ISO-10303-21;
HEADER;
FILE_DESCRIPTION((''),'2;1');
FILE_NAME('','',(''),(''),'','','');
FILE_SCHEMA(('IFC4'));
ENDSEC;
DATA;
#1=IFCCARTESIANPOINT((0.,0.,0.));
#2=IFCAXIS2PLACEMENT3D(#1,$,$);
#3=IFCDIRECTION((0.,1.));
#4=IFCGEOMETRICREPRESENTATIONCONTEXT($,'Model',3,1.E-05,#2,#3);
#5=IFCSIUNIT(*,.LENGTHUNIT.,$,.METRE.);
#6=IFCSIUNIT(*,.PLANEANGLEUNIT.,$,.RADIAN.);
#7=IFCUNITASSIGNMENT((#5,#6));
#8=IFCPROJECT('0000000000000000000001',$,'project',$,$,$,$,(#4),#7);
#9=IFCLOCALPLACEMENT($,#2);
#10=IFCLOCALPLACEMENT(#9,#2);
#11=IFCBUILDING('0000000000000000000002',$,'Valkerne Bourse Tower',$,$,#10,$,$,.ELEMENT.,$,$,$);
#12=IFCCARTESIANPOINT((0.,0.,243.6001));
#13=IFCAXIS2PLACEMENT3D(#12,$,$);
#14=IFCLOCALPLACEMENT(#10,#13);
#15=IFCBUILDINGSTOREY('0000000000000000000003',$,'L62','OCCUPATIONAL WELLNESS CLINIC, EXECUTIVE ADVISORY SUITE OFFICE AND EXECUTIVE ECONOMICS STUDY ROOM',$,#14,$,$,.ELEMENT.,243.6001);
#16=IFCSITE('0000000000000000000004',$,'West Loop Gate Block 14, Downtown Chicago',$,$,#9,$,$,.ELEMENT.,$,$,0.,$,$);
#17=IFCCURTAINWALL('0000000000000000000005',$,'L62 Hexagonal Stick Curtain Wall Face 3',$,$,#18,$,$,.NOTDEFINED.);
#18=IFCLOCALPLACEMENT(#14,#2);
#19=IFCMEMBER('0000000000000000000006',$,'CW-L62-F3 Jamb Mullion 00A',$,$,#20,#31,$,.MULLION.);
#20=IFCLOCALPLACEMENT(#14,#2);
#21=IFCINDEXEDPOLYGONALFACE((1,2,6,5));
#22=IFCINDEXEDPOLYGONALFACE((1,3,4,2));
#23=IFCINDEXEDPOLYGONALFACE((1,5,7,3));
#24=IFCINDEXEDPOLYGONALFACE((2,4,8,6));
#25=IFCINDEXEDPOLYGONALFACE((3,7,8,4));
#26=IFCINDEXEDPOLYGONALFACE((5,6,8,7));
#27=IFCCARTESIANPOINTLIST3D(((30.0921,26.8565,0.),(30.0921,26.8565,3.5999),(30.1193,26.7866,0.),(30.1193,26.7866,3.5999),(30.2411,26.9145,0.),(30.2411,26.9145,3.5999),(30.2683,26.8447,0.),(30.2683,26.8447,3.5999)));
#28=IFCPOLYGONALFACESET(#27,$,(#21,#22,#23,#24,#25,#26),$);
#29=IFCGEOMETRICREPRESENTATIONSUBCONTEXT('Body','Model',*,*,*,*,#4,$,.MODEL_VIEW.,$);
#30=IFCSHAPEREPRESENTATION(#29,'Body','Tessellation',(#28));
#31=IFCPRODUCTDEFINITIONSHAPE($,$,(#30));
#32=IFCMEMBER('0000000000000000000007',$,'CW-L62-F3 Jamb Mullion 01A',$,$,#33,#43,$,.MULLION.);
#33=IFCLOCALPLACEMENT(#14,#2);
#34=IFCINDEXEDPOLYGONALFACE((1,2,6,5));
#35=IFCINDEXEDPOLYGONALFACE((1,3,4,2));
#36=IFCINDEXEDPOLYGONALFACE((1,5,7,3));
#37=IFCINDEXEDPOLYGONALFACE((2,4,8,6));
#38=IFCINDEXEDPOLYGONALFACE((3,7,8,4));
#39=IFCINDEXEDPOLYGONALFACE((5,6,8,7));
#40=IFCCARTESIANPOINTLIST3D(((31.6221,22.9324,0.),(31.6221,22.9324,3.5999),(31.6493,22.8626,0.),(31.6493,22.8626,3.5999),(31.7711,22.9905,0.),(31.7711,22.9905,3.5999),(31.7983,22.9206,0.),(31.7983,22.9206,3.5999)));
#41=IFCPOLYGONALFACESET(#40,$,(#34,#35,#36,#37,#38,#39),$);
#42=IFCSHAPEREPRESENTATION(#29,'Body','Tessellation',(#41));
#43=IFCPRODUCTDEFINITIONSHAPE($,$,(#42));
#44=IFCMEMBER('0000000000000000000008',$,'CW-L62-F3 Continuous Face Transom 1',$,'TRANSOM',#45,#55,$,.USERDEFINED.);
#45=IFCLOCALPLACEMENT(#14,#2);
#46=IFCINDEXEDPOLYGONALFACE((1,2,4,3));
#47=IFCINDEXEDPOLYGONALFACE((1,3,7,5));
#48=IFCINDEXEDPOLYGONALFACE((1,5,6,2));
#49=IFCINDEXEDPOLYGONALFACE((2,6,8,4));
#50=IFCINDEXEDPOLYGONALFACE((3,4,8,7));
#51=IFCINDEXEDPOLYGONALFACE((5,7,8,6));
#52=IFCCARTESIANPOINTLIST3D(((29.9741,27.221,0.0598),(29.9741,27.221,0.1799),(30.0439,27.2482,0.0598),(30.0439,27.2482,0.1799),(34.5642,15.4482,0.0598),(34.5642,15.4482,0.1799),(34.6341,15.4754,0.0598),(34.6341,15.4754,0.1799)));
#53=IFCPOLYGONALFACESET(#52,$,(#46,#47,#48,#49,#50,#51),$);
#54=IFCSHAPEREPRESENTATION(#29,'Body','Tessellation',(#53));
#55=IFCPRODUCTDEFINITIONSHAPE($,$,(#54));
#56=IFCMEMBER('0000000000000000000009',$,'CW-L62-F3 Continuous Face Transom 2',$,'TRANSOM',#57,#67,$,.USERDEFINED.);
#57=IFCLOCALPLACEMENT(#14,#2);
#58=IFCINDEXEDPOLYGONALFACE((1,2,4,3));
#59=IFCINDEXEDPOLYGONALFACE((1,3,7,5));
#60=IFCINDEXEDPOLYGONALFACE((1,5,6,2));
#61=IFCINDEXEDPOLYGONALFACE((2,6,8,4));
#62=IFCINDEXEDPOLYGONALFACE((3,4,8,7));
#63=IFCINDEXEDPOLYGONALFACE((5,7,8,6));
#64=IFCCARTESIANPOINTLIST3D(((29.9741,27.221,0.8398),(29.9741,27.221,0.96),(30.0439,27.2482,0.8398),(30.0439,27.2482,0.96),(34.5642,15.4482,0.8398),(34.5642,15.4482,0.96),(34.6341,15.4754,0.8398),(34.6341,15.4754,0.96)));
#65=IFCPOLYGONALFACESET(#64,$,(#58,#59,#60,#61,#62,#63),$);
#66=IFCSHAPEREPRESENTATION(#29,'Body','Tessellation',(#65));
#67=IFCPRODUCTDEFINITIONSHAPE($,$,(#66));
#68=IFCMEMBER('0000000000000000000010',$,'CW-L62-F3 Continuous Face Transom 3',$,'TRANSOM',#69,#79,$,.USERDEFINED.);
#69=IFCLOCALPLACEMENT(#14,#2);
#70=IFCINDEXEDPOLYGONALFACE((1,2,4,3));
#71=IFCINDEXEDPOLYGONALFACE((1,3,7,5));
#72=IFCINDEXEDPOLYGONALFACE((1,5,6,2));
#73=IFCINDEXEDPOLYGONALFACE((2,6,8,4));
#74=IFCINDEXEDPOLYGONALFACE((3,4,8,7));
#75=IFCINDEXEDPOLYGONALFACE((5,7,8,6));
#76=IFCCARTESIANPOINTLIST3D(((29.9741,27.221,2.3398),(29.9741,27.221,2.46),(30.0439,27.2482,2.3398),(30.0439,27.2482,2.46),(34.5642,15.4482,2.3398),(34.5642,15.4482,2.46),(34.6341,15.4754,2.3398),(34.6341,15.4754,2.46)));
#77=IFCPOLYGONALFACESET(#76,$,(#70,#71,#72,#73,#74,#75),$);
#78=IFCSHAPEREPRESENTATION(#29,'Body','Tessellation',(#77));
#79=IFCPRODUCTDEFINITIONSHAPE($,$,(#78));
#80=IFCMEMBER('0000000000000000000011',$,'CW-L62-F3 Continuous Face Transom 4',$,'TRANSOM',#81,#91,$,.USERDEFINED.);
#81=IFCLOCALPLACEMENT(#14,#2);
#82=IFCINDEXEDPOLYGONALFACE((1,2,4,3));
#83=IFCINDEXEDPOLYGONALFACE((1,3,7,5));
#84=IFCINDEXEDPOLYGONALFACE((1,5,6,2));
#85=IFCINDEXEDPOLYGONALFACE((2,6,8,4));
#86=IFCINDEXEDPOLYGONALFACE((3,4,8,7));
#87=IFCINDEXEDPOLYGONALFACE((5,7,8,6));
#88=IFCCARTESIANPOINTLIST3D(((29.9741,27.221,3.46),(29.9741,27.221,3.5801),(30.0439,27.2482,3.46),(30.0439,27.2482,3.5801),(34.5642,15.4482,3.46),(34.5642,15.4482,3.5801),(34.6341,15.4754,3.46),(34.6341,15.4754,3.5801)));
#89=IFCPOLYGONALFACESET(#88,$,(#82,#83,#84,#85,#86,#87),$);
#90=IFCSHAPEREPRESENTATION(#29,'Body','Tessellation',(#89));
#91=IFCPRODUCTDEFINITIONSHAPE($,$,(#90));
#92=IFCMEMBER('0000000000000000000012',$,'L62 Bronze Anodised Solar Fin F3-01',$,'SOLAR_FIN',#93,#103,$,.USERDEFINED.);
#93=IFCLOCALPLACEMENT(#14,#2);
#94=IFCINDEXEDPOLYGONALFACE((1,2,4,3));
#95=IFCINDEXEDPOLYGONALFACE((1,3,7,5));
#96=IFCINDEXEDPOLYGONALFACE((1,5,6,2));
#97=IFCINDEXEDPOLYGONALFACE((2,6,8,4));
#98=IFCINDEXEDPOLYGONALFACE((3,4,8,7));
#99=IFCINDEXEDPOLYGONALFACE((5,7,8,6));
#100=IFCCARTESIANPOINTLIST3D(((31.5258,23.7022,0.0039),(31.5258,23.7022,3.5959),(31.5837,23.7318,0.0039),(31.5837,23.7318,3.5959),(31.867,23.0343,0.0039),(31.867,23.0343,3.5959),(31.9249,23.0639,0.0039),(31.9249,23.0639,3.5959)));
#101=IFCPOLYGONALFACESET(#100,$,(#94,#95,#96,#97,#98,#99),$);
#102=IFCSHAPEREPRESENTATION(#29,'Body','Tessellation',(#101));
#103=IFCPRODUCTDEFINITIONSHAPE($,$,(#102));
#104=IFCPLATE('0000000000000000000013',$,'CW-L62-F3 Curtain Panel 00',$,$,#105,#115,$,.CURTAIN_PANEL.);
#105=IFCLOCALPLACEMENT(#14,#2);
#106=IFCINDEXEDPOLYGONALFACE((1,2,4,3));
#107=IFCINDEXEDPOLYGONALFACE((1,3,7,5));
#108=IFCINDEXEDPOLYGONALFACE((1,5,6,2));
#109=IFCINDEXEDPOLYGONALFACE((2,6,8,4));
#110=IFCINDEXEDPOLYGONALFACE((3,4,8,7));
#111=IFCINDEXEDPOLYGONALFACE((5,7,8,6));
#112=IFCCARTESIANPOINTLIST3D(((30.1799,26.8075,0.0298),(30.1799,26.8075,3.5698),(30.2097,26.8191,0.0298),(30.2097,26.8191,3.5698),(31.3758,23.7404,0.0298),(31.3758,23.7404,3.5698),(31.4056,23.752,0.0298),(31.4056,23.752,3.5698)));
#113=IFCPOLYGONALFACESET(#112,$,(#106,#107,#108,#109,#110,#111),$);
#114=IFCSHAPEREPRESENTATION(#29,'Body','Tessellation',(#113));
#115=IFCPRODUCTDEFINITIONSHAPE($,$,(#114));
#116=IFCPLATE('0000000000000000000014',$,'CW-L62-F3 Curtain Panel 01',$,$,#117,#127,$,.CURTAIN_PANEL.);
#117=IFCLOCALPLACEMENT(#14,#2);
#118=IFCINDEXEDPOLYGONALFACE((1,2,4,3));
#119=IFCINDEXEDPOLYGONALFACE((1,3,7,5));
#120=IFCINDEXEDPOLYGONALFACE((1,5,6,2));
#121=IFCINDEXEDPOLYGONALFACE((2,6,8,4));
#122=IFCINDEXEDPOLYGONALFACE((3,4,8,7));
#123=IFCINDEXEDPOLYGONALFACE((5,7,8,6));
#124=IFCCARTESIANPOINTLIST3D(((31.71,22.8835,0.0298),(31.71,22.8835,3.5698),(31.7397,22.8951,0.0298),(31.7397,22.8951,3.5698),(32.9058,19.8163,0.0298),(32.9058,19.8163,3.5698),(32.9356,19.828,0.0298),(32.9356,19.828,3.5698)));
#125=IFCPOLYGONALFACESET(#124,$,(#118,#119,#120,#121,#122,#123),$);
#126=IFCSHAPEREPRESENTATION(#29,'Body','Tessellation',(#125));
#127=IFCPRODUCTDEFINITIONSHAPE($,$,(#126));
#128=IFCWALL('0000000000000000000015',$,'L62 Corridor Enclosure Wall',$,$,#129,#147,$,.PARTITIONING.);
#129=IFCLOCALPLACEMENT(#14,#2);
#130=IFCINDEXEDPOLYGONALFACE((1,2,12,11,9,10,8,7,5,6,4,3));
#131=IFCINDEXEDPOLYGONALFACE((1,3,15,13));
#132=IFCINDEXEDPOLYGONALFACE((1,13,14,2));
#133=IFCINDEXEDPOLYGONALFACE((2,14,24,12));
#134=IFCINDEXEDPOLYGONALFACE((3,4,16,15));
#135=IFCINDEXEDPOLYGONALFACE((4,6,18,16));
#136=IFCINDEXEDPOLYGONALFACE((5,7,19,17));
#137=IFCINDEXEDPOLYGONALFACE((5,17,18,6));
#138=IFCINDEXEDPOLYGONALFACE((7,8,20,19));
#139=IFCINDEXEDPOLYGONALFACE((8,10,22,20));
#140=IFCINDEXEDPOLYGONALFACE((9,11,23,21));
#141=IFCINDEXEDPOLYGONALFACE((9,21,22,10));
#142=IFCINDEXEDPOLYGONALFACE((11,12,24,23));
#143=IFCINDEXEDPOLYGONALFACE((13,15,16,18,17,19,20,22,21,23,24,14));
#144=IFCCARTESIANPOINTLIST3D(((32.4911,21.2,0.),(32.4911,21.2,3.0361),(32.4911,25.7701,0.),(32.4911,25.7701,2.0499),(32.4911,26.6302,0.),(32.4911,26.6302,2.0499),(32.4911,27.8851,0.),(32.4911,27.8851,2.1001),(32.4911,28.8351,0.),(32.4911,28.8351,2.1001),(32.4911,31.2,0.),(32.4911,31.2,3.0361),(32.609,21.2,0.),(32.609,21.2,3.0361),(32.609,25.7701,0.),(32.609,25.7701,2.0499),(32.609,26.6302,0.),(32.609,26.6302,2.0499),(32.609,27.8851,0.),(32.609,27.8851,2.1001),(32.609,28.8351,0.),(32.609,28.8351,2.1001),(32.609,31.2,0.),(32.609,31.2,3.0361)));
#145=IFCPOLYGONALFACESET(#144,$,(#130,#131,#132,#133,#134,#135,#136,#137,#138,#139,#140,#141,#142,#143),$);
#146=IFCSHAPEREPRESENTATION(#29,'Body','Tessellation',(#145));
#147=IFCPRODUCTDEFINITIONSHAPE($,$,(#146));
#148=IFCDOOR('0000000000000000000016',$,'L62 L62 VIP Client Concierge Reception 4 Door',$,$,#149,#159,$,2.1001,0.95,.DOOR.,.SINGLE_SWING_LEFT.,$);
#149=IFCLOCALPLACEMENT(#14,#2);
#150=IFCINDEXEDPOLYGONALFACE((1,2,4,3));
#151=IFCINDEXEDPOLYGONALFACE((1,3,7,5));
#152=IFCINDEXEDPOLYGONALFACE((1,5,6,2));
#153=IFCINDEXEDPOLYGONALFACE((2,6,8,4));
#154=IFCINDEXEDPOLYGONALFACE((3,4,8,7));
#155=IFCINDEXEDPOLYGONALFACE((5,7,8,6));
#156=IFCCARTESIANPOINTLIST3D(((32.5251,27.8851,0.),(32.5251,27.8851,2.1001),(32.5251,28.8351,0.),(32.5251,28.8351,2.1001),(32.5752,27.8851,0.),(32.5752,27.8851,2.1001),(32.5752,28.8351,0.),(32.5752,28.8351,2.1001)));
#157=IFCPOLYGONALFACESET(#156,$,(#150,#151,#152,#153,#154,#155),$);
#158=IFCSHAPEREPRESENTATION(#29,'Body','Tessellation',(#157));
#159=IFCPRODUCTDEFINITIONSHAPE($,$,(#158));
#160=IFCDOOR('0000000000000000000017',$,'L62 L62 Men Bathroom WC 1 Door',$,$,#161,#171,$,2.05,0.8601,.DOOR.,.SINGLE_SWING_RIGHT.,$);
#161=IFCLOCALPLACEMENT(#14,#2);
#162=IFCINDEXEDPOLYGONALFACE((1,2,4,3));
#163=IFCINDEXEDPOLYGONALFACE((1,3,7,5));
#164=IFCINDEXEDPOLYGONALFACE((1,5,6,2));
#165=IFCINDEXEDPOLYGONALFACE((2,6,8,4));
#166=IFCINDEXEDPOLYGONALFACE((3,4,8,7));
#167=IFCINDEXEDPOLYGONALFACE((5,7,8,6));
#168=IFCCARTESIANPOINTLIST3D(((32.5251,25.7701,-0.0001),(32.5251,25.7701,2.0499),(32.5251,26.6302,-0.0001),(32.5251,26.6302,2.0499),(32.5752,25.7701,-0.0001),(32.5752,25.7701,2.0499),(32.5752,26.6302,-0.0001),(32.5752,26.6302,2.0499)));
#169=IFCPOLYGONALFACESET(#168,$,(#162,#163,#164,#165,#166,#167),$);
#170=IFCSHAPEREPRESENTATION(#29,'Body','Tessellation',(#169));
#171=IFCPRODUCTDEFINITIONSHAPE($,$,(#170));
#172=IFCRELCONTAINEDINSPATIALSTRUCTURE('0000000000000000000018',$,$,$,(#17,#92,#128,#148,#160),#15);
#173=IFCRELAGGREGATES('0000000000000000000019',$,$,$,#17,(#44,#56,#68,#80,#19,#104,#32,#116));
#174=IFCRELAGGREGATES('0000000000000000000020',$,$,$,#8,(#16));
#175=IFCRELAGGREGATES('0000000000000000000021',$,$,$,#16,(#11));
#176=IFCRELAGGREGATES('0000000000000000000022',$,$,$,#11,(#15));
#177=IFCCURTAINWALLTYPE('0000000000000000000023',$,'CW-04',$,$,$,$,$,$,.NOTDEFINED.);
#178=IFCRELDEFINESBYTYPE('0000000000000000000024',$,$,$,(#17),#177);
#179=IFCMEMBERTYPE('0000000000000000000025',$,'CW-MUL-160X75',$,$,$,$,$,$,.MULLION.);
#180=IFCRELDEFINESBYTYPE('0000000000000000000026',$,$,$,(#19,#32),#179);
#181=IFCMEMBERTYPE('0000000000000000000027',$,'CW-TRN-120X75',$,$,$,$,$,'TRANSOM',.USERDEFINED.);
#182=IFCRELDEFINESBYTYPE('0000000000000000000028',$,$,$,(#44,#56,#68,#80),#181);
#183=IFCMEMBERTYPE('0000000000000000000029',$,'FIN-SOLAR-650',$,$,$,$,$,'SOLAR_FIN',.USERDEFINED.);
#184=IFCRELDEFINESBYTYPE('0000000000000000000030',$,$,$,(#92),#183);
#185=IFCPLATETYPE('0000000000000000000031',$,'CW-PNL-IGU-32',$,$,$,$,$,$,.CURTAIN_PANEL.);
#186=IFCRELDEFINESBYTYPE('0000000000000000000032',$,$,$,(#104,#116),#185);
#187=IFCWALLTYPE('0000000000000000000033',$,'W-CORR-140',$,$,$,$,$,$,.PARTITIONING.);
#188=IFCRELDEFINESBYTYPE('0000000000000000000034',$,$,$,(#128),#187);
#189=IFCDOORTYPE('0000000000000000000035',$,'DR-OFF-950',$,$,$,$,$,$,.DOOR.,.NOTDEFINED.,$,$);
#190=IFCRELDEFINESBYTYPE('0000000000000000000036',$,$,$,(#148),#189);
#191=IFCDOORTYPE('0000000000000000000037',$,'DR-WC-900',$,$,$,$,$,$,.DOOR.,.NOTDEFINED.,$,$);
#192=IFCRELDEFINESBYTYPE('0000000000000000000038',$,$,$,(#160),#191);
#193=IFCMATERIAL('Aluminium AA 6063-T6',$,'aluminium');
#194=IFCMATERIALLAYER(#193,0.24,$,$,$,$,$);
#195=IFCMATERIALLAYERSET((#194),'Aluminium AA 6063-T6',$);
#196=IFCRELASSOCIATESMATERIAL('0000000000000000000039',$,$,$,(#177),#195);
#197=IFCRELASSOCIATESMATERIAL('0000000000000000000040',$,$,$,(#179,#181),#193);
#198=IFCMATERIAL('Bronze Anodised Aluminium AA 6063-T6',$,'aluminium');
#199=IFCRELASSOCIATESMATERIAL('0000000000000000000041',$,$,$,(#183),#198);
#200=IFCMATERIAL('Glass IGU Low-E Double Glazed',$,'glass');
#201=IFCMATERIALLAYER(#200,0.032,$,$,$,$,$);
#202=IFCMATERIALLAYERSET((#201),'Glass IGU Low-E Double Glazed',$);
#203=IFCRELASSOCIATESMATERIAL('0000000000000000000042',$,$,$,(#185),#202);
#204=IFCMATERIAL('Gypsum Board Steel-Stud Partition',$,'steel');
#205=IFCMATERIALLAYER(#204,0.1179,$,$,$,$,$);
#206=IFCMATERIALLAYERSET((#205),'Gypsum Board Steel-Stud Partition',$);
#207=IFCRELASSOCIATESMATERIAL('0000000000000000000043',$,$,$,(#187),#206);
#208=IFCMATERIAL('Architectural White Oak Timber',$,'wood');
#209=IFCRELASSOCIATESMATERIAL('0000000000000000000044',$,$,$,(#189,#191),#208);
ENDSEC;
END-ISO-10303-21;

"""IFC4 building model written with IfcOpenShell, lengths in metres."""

from ifc_helpers import new_model, si_unit, direction, frame, frame_2d, origin, origin_2d, place, context, subcontext, project, spatial, rectangle, extrude, material, layer, layer_set, material_profile, profile_set, type_object, element, fill, aggregate, save


model = new_model("IFC4")

# Units and contexts
model_context = context("Model", 3, precision=1e-05, world=origin(), true_north=direction((0.0, 1.0)))
body_context = subcontext(model_context, "Body", "Model", "MODEL_VIEW")
ifc_project = project(units=[si_unit("LENGTHUNIT", "METRE"), si_unit("PLANEANGLEUNIT", "RADIAN")], contexts=[model_context])

# Site, building, storey
site_placement = place(None, origin())
site = spatial("IfcSite", under=ifc_project, at=site_placement, Name="West Loop Gate Block 14, Downtown Chicago", CompositionType="ELEMENT", RefElevation=0.0)
building_placement = place(site_placement, origin())
building = spatial("IfcBuilding", under=site, at=building_placement, Name="Valkerne Bourse Tower", CompositionType="ELEMENT")
storey_placement = place(building_placement, frame((0.0, 0.0, 243.6001)))
storey = spatial("IfcBuildingStorey", under=building, at=storey_placement, Name="L62", Description="OCCUPATIONAL WELLNESS CLINIC, EXECUTIVE ADVISORY SUITE OFFICE AND EXECUTIVE ECONOMICS STUDY ROOM", CompositionType="ELEMENT", Elevation=243.6001)

# Curtain wall, members
ifc_material_1 = material(Name="Aluminium AA 6063-T6", Category="aluminium")
ifc_layer_1 = layer(ifc_material_1, 0.24)
ifc_layer_set_1 = layer_set([ifc_layer_1], Name="Aluminium AA 6063-T6")
curtain_wall_type = type_object("IfcCurtainWallType", Name="CW-04", PredefinedType="NOTDEFINED", material=ifc_layer_set_1)
curtain_wall_placement = place(storey_placement, origin())
curtain_wall = element("IfcCurtainWall", 1, at=curtain_wall_placement, inside=storey, type_object=curtain_wall_type, Name="L62 Hexagonal Stick Curtain Wall Face 3", PredefinedType="NOTDEFINED")
ifc_material_profile_1 = material_profile(ifc_material_1, rectangle(XDim=0.075, YDim=0.1599, at=origin_2d()), Name="CWM-75X160")
ifc_profile_set_1 = profile_set([ifc_material_profile_1], Name="Aluminium AA 6063-T6")
member_type_1 = type_object("IfcMemberType", Name="CW-MUL-160X75", PredefinedType="MULLION", material=ifc_profile_set_1)
member_1_placement = place(storey_placement, frame((30.1802, 26.8506, 0.0), z_axis=(0.0, 0.0, 1.0), x_axis=(0.363268, -0.931685, 0.0)))
member_1 = element("IfcMember", 2, at=member_1_placement, type_object=member_type_1, Name="CW-L62-F3 Jamb Mullion 00A", PredefinedType="MULLION", context=body_context, shape_type="SweptSolid", body=[
    extrude(rectangle(XDim=0.075, YDim=0.1599, at=origin_2d()), origin(), (0.0, 0.0, 1.0), 3.5999),
])
member_2_placement = place(storey_placement, frame((31.7102, 22.9265, 0.0), z_axis=(0.0, 0.0, 1.0), x_axis=(0.363247, -0.931693, 0.0)))
member_2 = element("IfcMember", 3, at=member_2_placement, type_object=member_type_1, Name="CW-L62-F3 Jamb Mullion 01A", PredefinedType="MULLION", context=body_context, shape_type="SweptSolid", body=[
    extrude(rectangle(XDim=0.075, YDim=0.1599, at=origin_2d()), origin(), (0.0, 0.0, 1.0), 3.5999),
])
ifc_material_profile_2 = material_profile(ifc_material_1, rectangle(XDim=0.075, YDim=0.1201, at=origin_2d()), Name="CWT-75X120")
ifc_profile_set_2 = profile_set([ifc_material_profile_2], Name="Aluminium AA 6063-T6")
member_type_2 = type_object("IfcMemberType", Name="CW-TRN-120X75", ElementType="TRANSOM", PredefinedType="USERDEFINED", material=ifc_profile_set_2)
member_3_placement = place(storey_placement, frame((30.009, 27.2346, 0.1199), z_axis=(0.363258, -0.931688, 0.0), x_axis=(0.931688, 0.363258, 0.0)))
member_3 = element("IfcMember", 4, at=member_3_placement, type_object=member_type_2, Name="CW-L62-F3 Continuous Face Transom 1", ObjectType="TRANSOM", PredefinedType="USERDEFINED", context=body_context, shape_type="SweptSolid", body=[
    extrude(rectangle(XDim=0.075, YDim=0.1201, at=origin_2d()), origin(), (0.0, 0.0, 1.0), 12.636),
])
member_4_placement = place(storey_placement, frame((30.009, 27.2346, 0.8999), z_axis=(0.363258, -0.931688, 0.0), x_axis=(0.931688, 0.363258, 0.0)))
member_4 = element("IfcMember", 5, at=member_4_placement, type_object=member_type_2, Name="CW-L62-F3 Continuous Face Transom 2", ObjectType="TRANSOM", PredefinedType="USERDEFINED", context=body_context, shape_type="SweptSolid", body=[
    extrude(rectangle(XDim=0.075, YDim=0.1201, at=origin_2d()), origin(), (0.0, 0.0, 1.0), 12.636),
])
member_5_placement = place(storey_placement, frame((30.009, 27.2346, 2.3999), z_axis=(0.363258, -0.931688, 0.0), x_axis=(0.931688, 0.363258, 0.0)))
member_5 = element("IfcMember", 6, at=member_5_placement, type_object=member_type_2, Name="CW-L62-F3 Continuous Face Transom 3", ObjectType="TRANSOM", PredefinedType="USERDEFINED", context=body_context, shape_type="SweptSolid", body=[
    extrude(rectangle(XDim=0.075, YDim=0.1201, at=origin_2d()), origin(), (0.0, 0.0, 1.0), 12.636),
])
member_6_placement = place(storey_placement, frame((30.009, 27.2346, 3.52), z_axis=(0.363258, -0.931688, 0.0), x_axis=(0.931688, 0.363258, 0.0)))
member_6 = element("IfcMember", 7, at=member_6_placement, type_object=member_type_2, Name="CW-L62-F3 Continuous Face Transom 4", ObjectType="TRANSOM", PredefinedType="USERDEFINED", context=body_context, shape_type="SweptSolid", body=[
    extrude(rectangle(XDim=0.075, YDim=0.1201, at=origin_2d()), origin(), (0.0, 0.0, 1.0), 12.636),
])

# Member
ifc_material_2 = material(Name="Bronze Anodised Aluminium AA 6063-T6", Category="aluminium")
ifc_material_profile_3 = material_profile(ifc_material_2, rectangle(XDim=0.0649, YDim=0.75, at=origin_2d()), Name="FIN-65X750")
ifc_profile_set_3 = profile_set([ifc_material_profile_3], Name="Bronze Anodised Aluminium AA 6063-T6")
member_type_3 = type_object("IfcMemberType", Name="FIN-SOLAR-650", ElementType="SOLAR_FIN", PredefinedType="USERDEFINED", material=ifc_profile_set_3)
member_7_placement = place(storey_placement, frame((31.7253, 23.3831, 0.0039), z_axis=(0.0, 0.0, 1.0), x_axis=(-0.890524, -0.454937, 0.0)))
element("IfcMember", 8, at=member_7_placement, inside=storey, type_object=member_type_3, Name="L62 Bronze Anodised Solar Fin F3-01", ObjectType="SOLAR_FIN", PredefinedType="USERDEFINED", context=body_context, shape_type="SweptSolid", body=[
    extrude(rectangle(XDim=0.0649, YDim=0.75, at=origin_2d()), origin(), (0.0, 0.0, 1.0), 3.592),
])

# Plates
ifc_material_3 = material(Name="Glass IGU Low-E Double Glazed", Category="glass")
ifc_layer_2 = layer(ifc_material_3, 0.032)
ifc_layer_set_2 = layer_set([ifc_layer_2], Name="Glass IGU Low-E Double Glazed")
plate_type = type_object("IfcPlateType", Name="CW-PNL-IGU-32", PredefinedType="CURTAIN_PANEL", material=ifc_layer_set_2)
plate_1_placement = place(storey_placement, frame((30.7927, 25.2798, 0.0298), z_axis=(0.0, 0.0, 1.0), x_axis=(0.363268, -0.931685, 0.0)))
plate_1 = element("IfcPlate", 9, at=plate_1_placement, type_object=plate_type, Name="CW-L62-F3 Curtain Panel 00", PredefinedType="CURTAIN_PANEL", context=body_context, shape_type="SweptSolid", body=[
    extrude(rectangle(XDim=3.292, YDim=0.032, at=origin_2d()), origin(), (0.0, 0.0, 1.0), 3.54),
])
plate_2_placement = place(storey_placement, frame((32.3228, 21.3557, 0.0298), z_axis=(0.0, 0.0, 1.0), x_axis=(0.363247, -0.931693, 0.0)))
plate_2 = element("IfcPlate", 10, at=plate_2_placement, type_object=plate_type, Name="CW-L62-F3 Curtain Panel 01", PredefinedType="CURTAIN_PANEL", context=body_context, shape_type="SweptSolid", body=[
    extrude(rectangle(XDim=3.292, YDim=0.032, at=origin_2d()), origin(), (0.0, 0.0, 1.0), 3.54),
])
aggregate(curtain_wall, [member_3, member_4, member_5, member_6, member_1, plate_1, member_2, plate_2])

# Wall, openings, doors
ifc_material_4 = material(Name="Gypsum Board Steel-Stud Partition", Category="steel")
ifc_layer_3 = layer(ifc_material_4, 0.1179)
ifc_layer_set_3 = layer_set([ifc_layer_3], Name="Gypsum Board Steel-Stud Partition")
wall_type_1 = type_object("IfcWallType", Name="W-CORR-140", PredefinedType="PARTITIONING", material=ifc_layer_set_3)
wall_1_placement = place(storey_placement, frame((32.55, 21.2, 0.0), z_axis=(0.0, 0.0, 1.0), x_axis=(0.0, 1.0, 0.0)))
wall_1 = element("IfcWall", 11, at=wall_1_placement, inside=storey, type_object=wall_type_1, Name="L62 Corridor Enclosure Wall", PredefinedType="PARTITIONING", context=body_context, shape_type="SweptSolid", body=[
    extrude(rectangle(XDim=10.0, YDim=0.1179, at=frame_2d((5.0, 0.0))), origin(), (0.0, 0.0, 1.0), 3.0361),
])
opening_1_placement = place(wall_1_placement, frame((4.5701, 0.0, 0.0)))
opening_1 = element("IfcOpeningElement", 12, at=opening_1_placement, cuts=wall_1, PredefinedType="OPENING", context=body_context, shape_type="SweptSolid", body=[
    extrude(rectangle(XDim=0.8601, YDim=2.05, at=frame_2d((0.4302, 1.0249))), frame((0.0, 0.0688, 0.0), z_axis=(0.0, -1.0, 0.0), x_axis=(1.0, 0.0, 0.0)), (0.0, 0.0, 1.0), 0.1379),
])
opening_2_placement = place(wall_1_placement, frame((6.6851, 0.0, 0.0)))
opening_2 = element("IfcOpeningElement", 13, at=opening_2_placement, cuts=wall_1, PredefinedType="OPENING", context=body_context, shape_type="SweptSolid", body=[
    extrude(rectangle(XDim=0.95, YDim=2.1001, at=frame_2d((0.4751, 1.05))), frame((0.0, 0.0688, 0.0), z_axis=(0.0, -1.0, 0.0), x_axis=(1.0, 0.0, 0.0)), (0.0, 0.0, 1.0), 0.1379),
])
ifc_material_5 = material(Name="Architectural White Oak Timber", Category="wood")
door_type_1 = type_object("IfcDoorType", Name="DR-OFF-950", OperationType="NOTDEFINED", PredefinedType="DOOR", material=ifc_material_5)
door_1_placement = place(opening_2_placement, origin())
door_1 = element("IfcDoor", 14, at=door_1_placement, inside=storey, type_object=door_type_1, Name="L62 L62 VIP Client Concierge Reception 4 Door", OperationType="SINGLE_SWING_LEFT", OverallHeight=2.1001, OverallWidth=0.95, PredefinedType="DOOR", context=body_context, shape_type="SweptSolid", body=[
    extrude(rectangle(XDim=0.95, YDim=2.1001, at=frame_2d((0.4751, 1.05))), frame((0.0, 0.0249, 0.0), z_axis=(0.0, -1.0, 0.0), x_axis=(1.0, 0.0, 0.0)), (0.0, 0.0, 1.0), 0.05),
])
fill(opening_2, door_1)
door_type_2 = type_object("IfcDoorType", Name="DR-WC-900", OperationType="NOTDEFINED", PredefinedType="DOOR", material=ifc_material_5)
door_2_placement = place(opening_1_placement, origin())
door_2 = element("IfcDoor", 15, at=door_2_placement, inside=storey, type_object=door_type_2, Name="L62 L62 Men Bathroom WC 1 Door", OperationType="SINGLE_SWING_RIGHT", OverallHeight=2.05, OverallWidth=0.8601, PredefinedType="DOOR", context=body_context, shape_type="SweptSolid", body=[
    extrude(rectangle(XDim=0.8601, YDim=2.05, at=frame_2d((0.4302, 1.0249))), frame((0.0, 0.0249, 0.0), z_axis=(0.0, -1.0, 0.0), x_axis=(1.0, 0.0, 0.0)), (0.0, 0.0, 1.0), 0.05),
])
fill(opening_1, door_2)

save(model, "model.ifc")
